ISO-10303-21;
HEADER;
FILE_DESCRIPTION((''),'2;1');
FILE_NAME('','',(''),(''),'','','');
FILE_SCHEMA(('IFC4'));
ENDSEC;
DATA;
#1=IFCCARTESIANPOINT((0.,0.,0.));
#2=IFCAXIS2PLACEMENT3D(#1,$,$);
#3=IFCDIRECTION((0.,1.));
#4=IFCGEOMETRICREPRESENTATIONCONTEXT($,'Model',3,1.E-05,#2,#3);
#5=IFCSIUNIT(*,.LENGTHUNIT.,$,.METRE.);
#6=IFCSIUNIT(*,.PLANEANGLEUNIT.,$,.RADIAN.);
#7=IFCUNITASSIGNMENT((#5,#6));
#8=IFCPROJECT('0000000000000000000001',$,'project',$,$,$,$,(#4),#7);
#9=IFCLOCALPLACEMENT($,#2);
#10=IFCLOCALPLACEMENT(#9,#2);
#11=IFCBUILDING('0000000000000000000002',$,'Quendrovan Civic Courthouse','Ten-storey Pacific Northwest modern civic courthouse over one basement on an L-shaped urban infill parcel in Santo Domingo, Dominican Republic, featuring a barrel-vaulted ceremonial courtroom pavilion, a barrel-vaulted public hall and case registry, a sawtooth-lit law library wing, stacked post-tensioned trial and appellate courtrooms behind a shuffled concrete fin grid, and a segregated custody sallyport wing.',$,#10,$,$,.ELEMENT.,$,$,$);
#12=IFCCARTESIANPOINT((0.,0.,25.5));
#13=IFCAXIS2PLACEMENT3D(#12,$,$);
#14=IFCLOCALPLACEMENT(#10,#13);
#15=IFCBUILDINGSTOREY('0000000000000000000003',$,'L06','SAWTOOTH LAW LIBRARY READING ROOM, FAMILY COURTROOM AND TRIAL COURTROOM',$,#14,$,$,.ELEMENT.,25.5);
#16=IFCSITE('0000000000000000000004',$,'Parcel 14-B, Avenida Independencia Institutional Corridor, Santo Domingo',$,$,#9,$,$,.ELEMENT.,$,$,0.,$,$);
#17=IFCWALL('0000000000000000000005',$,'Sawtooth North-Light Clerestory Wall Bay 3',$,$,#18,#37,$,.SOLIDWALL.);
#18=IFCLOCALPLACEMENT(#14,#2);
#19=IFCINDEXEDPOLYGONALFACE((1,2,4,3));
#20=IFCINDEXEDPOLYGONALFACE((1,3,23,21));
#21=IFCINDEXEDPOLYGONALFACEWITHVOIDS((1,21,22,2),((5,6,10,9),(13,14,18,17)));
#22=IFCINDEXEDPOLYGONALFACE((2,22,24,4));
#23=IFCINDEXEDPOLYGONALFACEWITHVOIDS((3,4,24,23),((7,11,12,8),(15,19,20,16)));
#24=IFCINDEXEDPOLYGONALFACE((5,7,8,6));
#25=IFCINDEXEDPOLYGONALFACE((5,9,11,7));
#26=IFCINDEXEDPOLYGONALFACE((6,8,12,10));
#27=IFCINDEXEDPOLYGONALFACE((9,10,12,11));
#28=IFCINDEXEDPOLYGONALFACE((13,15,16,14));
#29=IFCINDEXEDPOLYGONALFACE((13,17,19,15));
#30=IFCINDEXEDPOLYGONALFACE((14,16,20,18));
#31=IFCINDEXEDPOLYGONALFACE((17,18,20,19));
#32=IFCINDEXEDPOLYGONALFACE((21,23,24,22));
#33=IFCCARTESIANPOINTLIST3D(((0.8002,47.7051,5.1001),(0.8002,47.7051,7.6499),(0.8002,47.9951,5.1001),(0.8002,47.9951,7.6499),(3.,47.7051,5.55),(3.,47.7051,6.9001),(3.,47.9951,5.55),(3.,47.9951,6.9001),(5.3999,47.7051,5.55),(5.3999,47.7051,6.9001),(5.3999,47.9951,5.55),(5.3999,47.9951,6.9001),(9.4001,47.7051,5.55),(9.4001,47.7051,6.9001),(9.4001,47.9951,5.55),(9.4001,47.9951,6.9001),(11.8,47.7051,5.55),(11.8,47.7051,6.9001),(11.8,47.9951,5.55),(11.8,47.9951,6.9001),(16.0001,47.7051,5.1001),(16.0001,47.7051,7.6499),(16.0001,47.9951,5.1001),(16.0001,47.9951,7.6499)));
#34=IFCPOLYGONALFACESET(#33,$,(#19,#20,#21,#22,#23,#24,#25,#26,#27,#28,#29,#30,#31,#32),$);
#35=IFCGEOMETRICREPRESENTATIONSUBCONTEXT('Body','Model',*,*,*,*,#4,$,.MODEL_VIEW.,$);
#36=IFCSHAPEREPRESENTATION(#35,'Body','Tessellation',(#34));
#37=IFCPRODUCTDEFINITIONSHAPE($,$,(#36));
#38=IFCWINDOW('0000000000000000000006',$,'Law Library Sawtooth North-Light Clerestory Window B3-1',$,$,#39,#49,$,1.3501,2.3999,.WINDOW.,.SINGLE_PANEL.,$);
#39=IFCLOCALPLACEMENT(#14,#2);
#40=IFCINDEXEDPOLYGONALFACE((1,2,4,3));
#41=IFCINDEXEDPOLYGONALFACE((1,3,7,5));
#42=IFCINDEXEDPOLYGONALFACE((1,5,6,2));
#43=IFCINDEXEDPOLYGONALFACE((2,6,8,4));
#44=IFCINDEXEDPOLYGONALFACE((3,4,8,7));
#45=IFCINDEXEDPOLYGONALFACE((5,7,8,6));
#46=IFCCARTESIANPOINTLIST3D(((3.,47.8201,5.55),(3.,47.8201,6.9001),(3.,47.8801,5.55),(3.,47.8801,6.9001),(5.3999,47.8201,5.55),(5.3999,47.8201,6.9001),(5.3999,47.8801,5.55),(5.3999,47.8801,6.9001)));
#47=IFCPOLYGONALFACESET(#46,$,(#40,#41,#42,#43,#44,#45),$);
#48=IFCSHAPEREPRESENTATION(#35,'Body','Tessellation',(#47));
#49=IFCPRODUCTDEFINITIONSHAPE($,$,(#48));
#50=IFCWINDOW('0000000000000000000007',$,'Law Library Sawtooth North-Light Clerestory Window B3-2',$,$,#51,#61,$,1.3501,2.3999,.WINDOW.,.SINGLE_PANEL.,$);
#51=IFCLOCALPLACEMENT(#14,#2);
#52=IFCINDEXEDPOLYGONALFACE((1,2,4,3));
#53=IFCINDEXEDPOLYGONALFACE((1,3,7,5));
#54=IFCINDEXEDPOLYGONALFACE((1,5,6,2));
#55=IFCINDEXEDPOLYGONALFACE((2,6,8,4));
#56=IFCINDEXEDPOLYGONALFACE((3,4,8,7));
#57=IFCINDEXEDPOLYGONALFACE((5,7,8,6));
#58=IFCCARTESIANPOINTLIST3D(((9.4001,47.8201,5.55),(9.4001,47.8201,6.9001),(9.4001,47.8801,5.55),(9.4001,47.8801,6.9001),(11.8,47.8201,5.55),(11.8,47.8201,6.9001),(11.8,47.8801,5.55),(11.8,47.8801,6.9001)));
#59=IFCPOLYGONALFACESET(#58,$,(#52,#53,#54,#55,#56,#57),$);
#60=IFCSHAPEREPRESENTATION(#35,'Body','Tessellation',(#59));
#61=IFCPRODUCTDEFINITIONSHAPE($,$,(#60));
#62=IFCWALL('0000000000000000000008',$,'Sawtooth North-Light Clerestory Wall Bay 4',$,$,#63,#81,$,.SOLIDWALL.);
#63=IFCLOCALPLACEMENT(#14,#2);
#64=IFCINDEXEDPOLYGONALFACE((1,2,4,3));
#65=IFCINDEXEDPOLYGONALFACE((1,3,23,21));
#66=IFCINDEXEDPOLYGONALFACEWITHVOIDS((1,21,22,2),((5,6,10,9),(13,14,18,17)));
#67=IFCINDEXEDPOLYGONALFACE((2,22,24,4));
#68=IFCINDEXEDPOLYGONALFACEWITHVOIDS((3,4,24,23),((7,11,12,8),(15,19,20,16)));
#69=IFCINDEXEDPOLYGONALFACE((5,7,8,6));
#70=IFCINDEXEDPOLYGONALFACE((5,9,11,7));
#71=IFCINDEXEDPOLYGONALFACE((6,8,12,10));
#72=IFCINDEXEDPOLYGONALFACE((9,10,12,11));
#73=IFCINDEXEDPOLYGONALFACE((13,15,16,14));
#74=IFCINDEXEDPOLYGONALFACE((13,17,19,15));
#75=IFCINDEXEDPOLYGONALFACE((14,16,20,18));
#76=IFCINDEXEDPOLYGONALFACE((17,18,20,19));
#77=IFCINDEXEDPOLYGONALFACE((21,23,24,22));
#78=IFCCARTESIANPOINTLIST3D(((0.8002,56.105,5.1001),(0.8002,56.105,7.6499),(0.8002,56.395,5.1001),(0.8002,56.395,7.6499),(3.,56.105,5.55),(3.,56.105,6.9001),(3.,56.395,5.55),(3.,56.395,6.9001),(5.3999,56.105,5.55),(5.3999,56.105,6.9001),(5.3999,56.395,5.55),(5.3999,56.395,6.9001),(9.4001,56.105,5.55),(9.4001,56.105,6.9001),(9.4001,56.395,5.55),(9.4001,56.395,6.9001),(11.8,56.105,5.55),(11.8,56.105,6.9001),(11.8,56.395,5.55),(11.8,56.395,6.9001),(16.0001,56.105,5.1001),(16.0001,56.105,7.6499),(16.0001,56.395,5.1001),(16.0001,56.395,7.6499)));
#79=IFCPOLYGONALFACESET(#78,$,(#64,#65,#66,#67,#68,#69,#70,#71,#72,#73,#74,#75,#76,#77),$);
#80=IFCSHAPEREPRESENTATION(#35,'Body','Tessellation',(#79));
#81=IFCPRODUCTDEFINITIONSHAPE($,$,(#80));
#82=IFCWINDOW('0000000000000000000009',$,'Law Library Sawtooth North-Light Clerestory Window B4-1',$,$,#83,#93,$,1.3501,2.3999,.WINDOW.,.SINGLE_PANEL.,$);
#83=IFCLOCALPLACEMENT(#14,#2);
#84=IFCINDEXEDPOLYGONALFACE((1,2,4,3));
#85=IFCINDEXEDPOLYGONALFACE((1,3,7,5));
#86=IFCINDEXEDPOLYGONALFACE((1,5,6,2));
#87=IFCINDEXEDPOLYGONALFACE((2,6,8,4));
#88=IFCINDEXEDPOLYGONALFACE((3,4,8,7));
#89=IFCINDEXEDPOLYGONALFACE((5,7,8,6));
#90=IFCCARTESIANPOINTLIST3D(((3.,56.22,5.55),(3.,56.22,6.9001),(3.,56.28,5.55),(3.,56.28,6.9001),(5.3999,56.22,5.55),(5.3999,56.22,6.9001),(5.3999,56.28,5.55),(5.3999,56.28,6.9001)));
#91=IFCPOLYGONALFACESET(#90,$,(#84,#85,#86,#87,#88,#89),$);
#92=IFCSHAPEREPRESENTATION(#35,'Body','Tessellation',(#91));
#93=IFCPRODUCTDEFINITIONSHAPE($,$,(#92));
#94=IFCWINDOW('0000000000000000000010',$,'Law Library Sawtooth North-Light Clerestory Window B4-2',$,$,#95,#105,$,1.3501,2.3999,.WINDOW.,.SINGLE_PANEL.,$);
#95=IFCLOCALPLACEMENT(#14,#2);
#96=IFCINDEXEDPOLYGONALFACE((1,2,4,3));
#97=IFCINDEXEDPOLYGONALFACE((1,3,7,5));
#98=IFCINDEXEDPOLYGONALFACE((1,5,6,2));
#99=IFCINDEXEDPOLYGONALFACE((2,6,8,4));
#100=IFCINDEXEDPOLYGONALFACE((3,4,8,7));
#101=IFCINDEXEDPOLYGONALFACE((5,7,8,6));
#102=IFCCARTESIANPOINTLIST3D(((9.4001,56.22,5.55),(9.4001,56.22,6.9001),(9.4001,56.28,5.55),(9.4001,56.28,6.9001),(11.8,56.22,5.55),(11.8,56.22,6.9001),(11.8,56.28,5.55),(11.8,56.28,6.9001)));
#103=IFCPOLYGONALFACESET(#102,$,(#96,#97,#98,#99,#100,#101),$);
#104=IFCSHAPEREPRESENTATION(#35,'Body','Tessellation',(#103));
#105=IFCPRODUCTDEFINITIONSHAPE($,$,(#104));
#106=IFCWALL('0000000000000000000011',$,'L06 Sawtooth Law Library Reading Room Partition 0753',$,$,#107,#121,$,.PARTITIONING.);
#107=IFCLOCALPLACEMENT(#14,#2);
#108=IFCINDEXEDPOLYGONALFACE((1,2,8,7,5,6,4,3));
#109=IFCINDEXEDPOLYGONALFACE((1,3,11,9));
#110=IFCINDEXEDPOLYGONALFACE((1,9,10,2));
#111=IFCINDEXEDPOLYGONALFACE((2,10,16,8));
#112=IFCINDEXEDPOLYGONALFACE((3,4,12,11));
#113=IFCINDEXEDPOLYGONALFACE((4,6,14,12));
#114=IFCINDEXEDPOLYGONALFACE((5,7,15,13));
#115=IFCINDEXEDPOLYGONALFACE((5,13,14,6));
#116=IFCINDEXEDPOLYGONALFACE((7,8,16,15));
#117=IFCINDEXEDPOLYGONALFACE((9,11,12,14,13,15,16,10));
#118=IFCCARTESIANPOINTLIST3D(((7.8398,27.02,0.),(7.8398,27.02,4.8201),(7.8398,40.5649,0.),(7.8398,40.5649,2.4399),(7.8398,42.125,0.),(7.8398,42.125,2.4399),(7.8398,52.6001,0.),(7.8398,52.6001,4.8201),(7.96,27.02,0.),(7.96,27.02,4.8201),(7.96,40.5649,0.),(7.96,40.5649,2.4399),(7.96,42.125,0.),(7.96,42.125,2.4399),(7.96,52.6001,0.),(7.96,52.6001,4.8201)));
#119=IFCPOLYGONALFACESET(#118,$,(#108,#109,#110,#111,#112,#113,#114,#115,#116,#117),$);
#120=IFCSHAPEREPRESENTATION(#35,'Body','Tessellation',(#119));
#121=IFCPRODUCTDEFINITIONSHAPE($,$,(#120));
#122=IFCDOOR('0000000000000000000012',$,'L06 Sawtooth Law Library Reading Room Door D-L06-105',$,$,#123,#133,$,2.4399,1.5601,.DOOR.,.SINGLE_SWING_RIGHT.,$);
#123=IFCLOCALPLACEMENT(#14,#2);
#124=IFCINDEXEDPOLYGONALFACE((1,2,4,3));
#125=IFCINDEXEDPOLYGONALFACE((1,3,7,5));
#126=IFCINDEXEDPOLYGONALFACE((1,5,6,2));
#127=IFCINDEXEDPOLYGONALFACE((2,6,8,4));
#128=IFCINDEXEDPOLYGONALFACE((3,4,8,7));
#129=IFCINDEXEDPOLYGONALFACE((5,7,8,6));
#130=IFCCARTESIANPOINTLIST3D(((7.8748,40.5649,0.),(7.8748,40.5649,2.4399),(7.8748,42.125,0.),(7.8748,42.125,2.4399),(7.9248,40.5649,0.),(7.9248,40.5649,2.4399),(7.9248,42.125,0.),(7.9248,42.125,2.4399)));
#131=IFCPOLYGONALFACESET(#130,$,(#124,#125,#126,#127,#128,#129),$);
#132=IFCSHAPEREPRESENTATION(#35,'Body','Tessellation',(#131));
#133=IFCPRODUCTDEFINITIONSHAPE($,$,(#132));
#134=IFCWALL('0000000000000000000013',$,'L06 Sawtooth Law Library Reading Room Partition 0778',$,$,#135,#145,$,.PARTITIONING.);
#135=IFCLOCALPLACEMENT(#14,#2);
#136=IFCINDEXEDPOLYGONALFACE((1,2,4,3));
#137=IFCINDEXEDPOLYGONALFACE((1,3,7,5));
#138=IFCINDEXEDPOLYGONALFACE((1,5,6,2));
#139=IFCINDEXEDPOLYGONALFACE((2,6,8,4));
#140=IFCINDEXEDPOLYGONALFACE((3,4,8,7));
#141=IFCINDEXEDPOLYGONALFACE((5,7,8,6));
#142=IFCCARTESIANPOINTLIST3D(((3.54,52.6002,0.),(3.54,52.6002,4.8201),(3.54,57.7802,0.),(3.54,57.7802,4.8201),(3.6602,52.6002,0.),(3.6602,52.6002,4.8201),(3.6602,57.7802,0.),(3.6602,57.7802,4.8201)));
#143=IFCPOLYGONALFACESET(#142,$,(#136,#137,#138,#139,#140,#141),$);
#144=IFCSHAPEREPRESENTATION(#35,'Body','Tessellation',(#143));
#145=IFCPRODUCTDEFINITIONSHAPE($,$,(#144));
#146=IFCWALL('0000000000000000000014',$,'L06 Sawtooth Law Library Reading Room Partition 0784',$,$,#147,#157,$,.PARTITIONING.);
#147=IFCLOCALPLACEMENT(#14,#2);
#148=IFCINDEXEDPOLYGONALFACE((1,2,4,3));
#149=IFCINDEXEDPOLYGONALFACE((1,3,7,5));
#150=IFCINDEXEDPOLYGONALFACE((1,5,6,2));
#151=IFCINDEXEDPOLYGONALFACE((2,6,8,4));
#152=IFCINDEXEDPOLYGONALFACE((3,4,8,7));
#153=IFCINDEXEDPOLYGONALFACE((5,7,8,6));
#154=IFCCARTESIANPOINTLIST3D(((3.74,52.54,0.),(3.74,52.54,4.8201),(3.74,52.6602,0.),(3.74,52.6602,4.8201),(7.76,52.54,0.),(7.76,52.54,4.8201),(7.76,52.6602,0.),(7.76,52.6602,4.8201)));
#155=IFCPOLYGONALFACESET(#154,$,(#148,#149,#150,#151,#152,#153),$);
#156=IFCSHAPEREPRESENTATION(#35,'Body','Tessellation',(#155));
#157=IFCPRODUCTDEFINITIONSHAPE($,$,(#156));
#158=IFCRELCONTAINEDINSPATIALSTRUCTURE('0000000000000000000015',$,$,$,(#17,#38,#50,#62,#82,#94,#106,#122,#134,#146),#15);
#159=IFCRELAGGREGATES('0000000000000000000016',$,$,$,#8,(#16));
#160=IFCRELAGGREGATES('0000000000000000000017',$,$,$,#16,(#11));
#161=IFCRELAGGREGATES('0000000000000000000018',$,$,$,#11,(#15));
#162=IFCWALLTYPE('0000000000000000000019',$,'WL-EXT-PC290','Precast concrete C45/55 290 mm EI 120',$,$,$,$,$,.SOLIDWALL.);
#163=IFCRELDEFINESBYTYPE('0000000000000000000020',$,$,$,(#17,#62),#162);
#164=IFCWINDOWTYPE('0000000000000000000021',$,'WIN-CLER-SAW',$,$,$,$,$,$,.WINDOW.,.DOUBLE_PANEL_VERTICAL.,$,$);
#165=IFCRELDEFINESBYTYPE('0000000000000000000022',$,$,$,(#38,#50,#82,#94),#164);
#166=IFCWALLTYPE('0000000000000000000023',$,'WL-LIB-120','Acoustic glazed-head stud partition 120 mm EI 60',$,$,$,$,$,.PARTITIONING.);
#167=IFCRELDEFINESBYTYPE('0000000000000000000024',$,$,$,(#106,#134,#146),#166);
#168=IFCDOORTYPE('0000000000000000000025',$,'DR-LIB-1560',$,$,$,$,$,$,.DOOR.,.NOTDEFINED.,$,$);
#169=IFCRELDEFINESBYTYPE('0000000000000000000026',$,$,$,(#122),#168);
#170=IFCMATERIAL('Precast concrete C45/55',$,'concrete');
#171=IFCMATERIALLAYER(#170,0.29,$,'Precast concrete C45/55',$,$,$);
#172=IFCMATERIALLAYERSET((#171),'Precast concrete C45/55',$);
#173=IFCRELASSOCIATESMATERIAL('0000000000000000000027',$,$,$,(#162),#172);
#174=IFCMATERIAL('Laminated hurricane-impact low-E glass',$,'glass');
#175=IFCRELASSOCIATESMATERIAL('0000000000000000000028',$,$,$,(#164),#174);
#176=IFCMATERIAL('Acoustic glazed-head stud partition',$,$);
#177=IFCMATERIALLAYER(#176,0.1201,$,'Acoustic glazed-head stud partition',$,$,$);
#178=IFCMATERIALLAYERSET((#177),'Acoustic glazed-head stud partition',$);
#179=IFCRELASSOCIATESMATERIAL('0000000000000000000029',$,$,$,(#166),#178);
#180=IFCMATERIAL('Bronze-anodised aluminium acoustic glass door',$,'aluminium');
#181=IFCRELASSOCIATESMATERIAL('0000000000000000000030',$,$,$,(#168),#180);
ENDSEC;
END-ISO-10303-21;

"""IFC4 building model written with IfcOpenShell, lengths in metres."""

from ifc_helpers import new_model, si_unit, direction, frame, frame_2d, origin, place, context, subcontext, project, spatial, rectangle, extrude, material, layer, layer_set, type_object, element, fill, save


model = new_model("IFC4")

# Units and contexts
model_context = context("Model", 3, precision=1e-05, world=origin(), true_north=direction((0.0, 1.0)))
body_context = subcontext(model_context, "Body", "Model", "MODEL_VIEW")
ifc_project = project(units=[si_unit("LENGTHUNIT", "METRE"), si_unit("PLANEANGLEUNIT", "RADIAN")], contexts=[model_context])

# Site, building, storey
site_placement = place(None, origin())
site = spatial("IfcSite", under=ifc_project, at=site_placement, Name="Parcel 14-B, Avenida Independencia Institutional Corridor, Santo Domingo", CompositionType="ELEMENT", RefElevation=0.0)
building_placement = place(site_placement, origin())
building = spatial("IfcBuilding", under=site, at=building_placement, Name="Quendrovan Civic Courthouse", Description="Ten-storey Pacific Northwest modern civic courthouse over one basement on an L-shaped urban infill parcel in Santo Domingo, Dominican Republic, featuring a barrel-vaulted ceremonial courtroom pavilion, a barrel-vaulted public hall and case registry, a sawtooth-lit law library wing, stacked post-tensioned trial and appellate courtrooms behind a shuffled concrete fin grid, and a segregated custody sallyport wing.", CompositionType="ELEMENT")
storey_placement = place(building_placement, frame((0.0, 0.0, 25.5)))
storey = spatial("IfcBuildingStorey", under=building, at=storey_placement, Name="L06", Description="SAWTOOTH LAW LIBRARY READING ROOM, FAMILY COURTROOM AND TRIAL COURTROOM", CompositionType="ELEMENT", Elevation=25.5)

# Walls, openings, windows
ifc_material_1 = material(Name="Precast concrete C45/55", Category="concrete")
ifc_layer_1 = layer(ifc_material_1, 0.29, Name="Precast concrete C45/55")
ifc_layer_set_1 = layer_set([ifc_layer_1], Name="Precast concrete C45/55")
wall_type_1 = type_object("IfcWallType", Name="WL-EXT-PC290", Description="Precast concrete C45/55 290 mm EI 120", PredefinedType="SOLIDWALL", material=ifc_layer_set_1)
wall_1_placement = place(storey_placement, frame((0.8, 47.8501, 5.1001), z_axis=(0.0, 0.0, 1.0), x_axis=(1.0, 0.0, 0.0)))
wall_1 = element("IfcWall", 1, at=wall_1_placement, inside=storey, type_object=wall_type_1, Name="Sawtooth North-Light Clerestory Wall Bay 3", PredefinedType="SOLIDWALL", context=body_context, shape_type="SweptSolid", body=[
    extrude(rectangle(XDim=15.2, YDim=0.29, at=frame_2d((7.6001, 0.0))), origin(), (0.0, 0.0, 1.0), 2.5498),
])
opening_1_placement = place(wall_1_placement, frame((2.2, 0.0, 0.45)))
opening_1 = element("IfcOpeningElement", 2, at=opening_1_placement, cuts=wall_1, PredefinedType="OPENING", context=body_context, shape_type="SweptSolid", body=[
    extrude(rectangle(XDim=2.3999, YDim=1.3501, at=frame_2d((1.2, 0.675))), frame((0.0, 0.155, 0.0), z_axis=(0.0, -1.0, 0.0), x_axis=(1.0, 0.0, 0.0)), (0.0, 0.0, 1.0), 0.3101),
])
opening_2_placement = place(wall_1_placement, frame((8.6001, 0.0, 0.45)))
opening_2 = element("IfcOpeningElement", 3, at=opening_2_placement, cuts=wall_1, PredefinedType="OPENING", context=body_context, shape_type="SweptSolid", body=[
    extrude(rectangle(XDim=2.3999, YDim=1.3501, at=frame_2d((1.2, 0.675))), frame((0.0, 0.155, 0.0), z_axis=(0.0, -1.0, 0.0), x_axis=(1.0, 0.0, 0.0)), (0.0, 0.0, 1.0), 0.3101),
])
ifc_material_2 = material(Name="Laminated hurricane-impact low-E glass", Category="glass")
window_type = type_object("IfcWindowType", Name="WIN-CLER-SAW", PartitioningType="DOUBLE_PANEL_VERTICAL", PredefinedType="WINDOW", material=ifc_material_2)
window_1_placement = place(opening_1_placement, origin())
window_1 = element("IfcWindow", 4, at=window_1_placement, inside=storey, type_object=window_type, Name="Law Library Sawtooth North-Light Clerestory Window B3-1", OverallHeight=1.3501, OverallWidth=2.3999, PartitioningType="SINGLE_PANEL", PredefinedType="WINDOW", context=body_context, shape_type="SweptSolid", body=[
    extrude(rectangle(XDim=2.3999, YDim=1.3501, at=frame_2d((1.2, 0.675))), frame((0.0, 0.03, 0.0), z_axis=(0.0, -1.0, 0.0), x_axis=(1.0, 0.0, 0.0)), (0.0, 0.0, 1.0), 0.0601),
])
fill(opening_1, window_1)
window_2_placement = place(opening_2_placement, origin())
window_2 = element("IfcWindow", 5, at=window_2_placement, inside=storey, type_object=window_type, Name="Law Library Sawtooth North-Light Clerestory Window B3-2", OverallHeight=1.3501, OverallWidth=2.3999, PartitioningType="SINGLE_PANEL", PredefinedType="WINDOW", context=body_context, shape_type="SweptSolid", body=[
    extrude(rectangle(XDim=2.3999, YDim=1.3501, at=frame_2d((1.2, 0.675))), frame((0.0, 0.03, 0.0), z_axis=(0.0, -1.0, 0.0), x_axis=(1.0, 0.0, 0.0)), (0.0, 0.0, 1.0), 0.0601),
])
fill(opening_2, window_2)
wall_2_placement = place(storey_placement, frame((0.8, 56.25, 5.1001), z_axis=(0.0, 0.0, 1.0), x_axis=(1.0, 0.0, 0.0)))
wall_2 = element("IfcWall", 6, at=wall_2_placement, inside=storey, type_object=wall_type_1, Name="Sawtooth North-Light Clerestory Wall Bay 4", PredefinedType="SOLIDWALL", context=body_context, shape_type="SweptSolid", body=[
    extrude(rectangle(XDim=15.2, YDim=0.29, at=frame_2d((7.6001, 0.0))), origin(), (0.0, 0.0, 1.0), 2.5498),
])
opening_3_placement = place(wall_2_placement, frame((2.2, 0.0, 0.45)))
opening_3 = element("IfcOpeningElement", 7, at=opening_3_placement, cuts=wall_2, PredefinedType="OPENING", context=body_context, shape_type="SweptSolid", body=[
    extrude(rectangle(XDim=2.3999, YDim=1.3501, at=frame_2d((1.2, 0.675))), frame((0.0, 0.155, 0.0), z_axis=(0.0, -1.0, 0.0), x_axis=(1.0, 0.0, 0.0)), (0.0, 0.0, 1.0), 0.3101),
])
opening_4_placement = place(wall_2_placement, frame((8.6001, 0.0, 0.45)))
opening_4 = element("IfcOpeningElement", 8, at=opening_4_placement, cuts=wall_2, PredefinedType="OPENING", context=body_context, shape_type="SweptSolid", body=[
    extrude(rectangle(XDim=2.3999, YDim=1.3501, at=frame_2d((1.2, 0.675))), frame((0.0, 0.155, 0.0), z_axis=(0.0, -1.0, 0.0), x_axis=(1.0, 0.0, 0.0)), (0.0, 0.0, 1.0), 0.3101),
])
window_3_placement = place(opening_3_placement, origin())
window_3 = element("IfcWindow", 9, at=window_3_placement, inside=storey, type_object=window_type, Name="Law Library Sawtooth North-Light Clerestory Window B4-1", OverallHeight=1.3501, OverallWidth=2.3999, PartitioningType="SINGLE_PANEL", PredefinedType="WINDOW", context=body_context, shape_type="SweptSolid", body=[
    extrude(rectangle(XDim=2.3999, YDim=1.3501, at=frame_2d((1.2, 0.675))), frame((0.0, 0.03, 0.0), z_axis=(0.0, -1.0, 0.0), x_axis=(1.0, 0.0, 0.0)), (0.0, 0.0, 1.0), 0.0601),
])
fill(opening_3, window_3)
window_4_placement = place(opening_4_placement, origin())
window_4 = element("IfcWindow", 10, at=window_4_placement, inside=storey, type_object=window_type, Name="Law Library Sawtooth North-Light Clerestory Window B4-2", OverallHeight=1.3501, OverallWidth=2.3999, PartitioningType="SINGLE_PANEL", PredefinedType="WINDOW", context=body_context, shape_type="SweptSolid", body=[
    extrude(rectangle(XDim=2.3999, YDim=1.3501, at=frame_2d((1.2, 0.675))), frame((0.0, 0.03, 0.0), z_axis=(0.0, -1.0, 0.0), x_axis=(1.0, 0.0, 0.0)), (0.0, 0.0, 1.0), 0.0601),
])
fill(opening_4, window_4)

# Wall, opening, door
ifc_material_3 = material(Name="Acoustic glazed-head stud partition")
ifc_layer_2 = layer(ifc_material_3, 0.1201, Name="Acoustic glazed-head stud partition")
ifc_layer_set_2 = layer_set([ifc_layer_2], Name="Acoustic glazed-head stud partition")
wall_type_2 = type_object("IfcWallType", Name="WL-LIB-120", Description="Acoustic glazed-head stud partition 120 mm EI 60", PredefinedType="PARTITIONING", material=ifc_layer_set_2)
wall_3_placement = place(storey_placement, frame((7.8999, 52.6001, 0.0), z_axis=(0.0, 0.0, 1.0), x_axis=(0.0, -1.0, 0.0)))
wall_3 = element("IfcWall", 11, at=wall_3_placement, inside=storey, type_object=wall_type_2, Name="L06 Sawtooth Law Library Reading Room Partition 0753", PredefinedType="PARTITIONING", context=body_context, shape_type="SweptSolid", body=[
    extrude(rectangle(XDim=25.5801, YDim=0.1201, at=frame_2d((12.79, 0.0))), origin(), (0.0, 0.0, 1.0), 4.8201),
])
opening_5_placement = place(wall_3_placement, frame((10.4751, 0.0, 0.0)))
opening_5 = element("IfcOpeningElement", 12, at=opening_5_placement, cuts=wall_3, PredefinedType="OPENING", context=body_context, shape_type="SweptSolid", body=[
    extrude(rectangle(XDim=1.5601, YDim=2.4399, at=frame_2d((0.78, 1.22))), frame((0.0, 0.0701, 0.0), z_axis=(0.0, -1.0, 0.0), x_axis=(1.0, 0.0, 0.0)), (0.0, 0.0, 1.0), 0.1401),
])
ifc_material_4 = material(Name="Bronze-anodised aluminium acoustic glass door", Category="aluminium")
door_type_1 = type_object("IfcDoorType", Name="DR-LIB-1560", OperationType="NOTDEFINED", PredefinedType="DOOR", material=ifc_material_4)
door_1_placement = place(opening_5_placement, origin())
door_1 = element("IfcDoor", 13, at=door_1_placement, inside=storey, type_object=door_type_1, Name="L06 Sawtooth Law Library Reading Room Door D-L06-105", OperationType="SINGLE_SWING_RIGHT", OverallHeight=2.4399, OverallWidth=1.5601, PredefinedType="DOOR", context=body_context, shape_type="SweptSolid", body=[
    extrude(rectangle(XDim=1.5601, YDim=2.4399, at=frame_2d((0.78, 1.22))), frame((0.0, 0.0249, 0.0), z_axis=(0.0, -1.0, 0.0), x_axis=(1.0, 0.0, 0.0)), (0.0, 0.0, 1.0), 0.05),
])
fill(opening_5, door_1)

# Walls
wall_4_placement = place(storey_placement, frame((3.6001, 57.78, 0.0), z_axis=(0.0, 0.0, 1.0), x_axis=(0.0, -1.0, 0.0)))
element("IfcWall", 14, at=wall_4_placement, inside=storey, type_object=wall_type_2, Name="L06 Sawtooth Law Library Reading Room Partition 0778", PredefinedType="PARTITIONING", context=body_context, shape_type="SweptSolid", body=[
    extrude(rectangle(XDim=5.1799, YDim=0.1201, at=frame_2d((2.5898, 0.0))), origin(), (0.0, 0.0, 1.0), 4.8201),
])
wall_5_placement = place(storey_placement, frame((3.74, 52.6001, 0.0), z_axis=(0.0, 0.0, 1.0), x_axis=(1.0, 0.0, 0.0)))
element("IfcWall", 15, at=wall_5_placement, inside=storey, type_object=wall_type_2, Name="L06 Sawtooth Law Library Reading Room Partition 0784", PredefinedType="PARTITIONING", context=body_context, shape_type="SweptSolid", body=[
    extrude(rectangle(XDim=4.02, YDim=0.1201, at=frame_2d((2.01, 0.0))), origin(), (0.0, 0.0, 1.0), 4.8201),
])

save(model, "model.ifc")
